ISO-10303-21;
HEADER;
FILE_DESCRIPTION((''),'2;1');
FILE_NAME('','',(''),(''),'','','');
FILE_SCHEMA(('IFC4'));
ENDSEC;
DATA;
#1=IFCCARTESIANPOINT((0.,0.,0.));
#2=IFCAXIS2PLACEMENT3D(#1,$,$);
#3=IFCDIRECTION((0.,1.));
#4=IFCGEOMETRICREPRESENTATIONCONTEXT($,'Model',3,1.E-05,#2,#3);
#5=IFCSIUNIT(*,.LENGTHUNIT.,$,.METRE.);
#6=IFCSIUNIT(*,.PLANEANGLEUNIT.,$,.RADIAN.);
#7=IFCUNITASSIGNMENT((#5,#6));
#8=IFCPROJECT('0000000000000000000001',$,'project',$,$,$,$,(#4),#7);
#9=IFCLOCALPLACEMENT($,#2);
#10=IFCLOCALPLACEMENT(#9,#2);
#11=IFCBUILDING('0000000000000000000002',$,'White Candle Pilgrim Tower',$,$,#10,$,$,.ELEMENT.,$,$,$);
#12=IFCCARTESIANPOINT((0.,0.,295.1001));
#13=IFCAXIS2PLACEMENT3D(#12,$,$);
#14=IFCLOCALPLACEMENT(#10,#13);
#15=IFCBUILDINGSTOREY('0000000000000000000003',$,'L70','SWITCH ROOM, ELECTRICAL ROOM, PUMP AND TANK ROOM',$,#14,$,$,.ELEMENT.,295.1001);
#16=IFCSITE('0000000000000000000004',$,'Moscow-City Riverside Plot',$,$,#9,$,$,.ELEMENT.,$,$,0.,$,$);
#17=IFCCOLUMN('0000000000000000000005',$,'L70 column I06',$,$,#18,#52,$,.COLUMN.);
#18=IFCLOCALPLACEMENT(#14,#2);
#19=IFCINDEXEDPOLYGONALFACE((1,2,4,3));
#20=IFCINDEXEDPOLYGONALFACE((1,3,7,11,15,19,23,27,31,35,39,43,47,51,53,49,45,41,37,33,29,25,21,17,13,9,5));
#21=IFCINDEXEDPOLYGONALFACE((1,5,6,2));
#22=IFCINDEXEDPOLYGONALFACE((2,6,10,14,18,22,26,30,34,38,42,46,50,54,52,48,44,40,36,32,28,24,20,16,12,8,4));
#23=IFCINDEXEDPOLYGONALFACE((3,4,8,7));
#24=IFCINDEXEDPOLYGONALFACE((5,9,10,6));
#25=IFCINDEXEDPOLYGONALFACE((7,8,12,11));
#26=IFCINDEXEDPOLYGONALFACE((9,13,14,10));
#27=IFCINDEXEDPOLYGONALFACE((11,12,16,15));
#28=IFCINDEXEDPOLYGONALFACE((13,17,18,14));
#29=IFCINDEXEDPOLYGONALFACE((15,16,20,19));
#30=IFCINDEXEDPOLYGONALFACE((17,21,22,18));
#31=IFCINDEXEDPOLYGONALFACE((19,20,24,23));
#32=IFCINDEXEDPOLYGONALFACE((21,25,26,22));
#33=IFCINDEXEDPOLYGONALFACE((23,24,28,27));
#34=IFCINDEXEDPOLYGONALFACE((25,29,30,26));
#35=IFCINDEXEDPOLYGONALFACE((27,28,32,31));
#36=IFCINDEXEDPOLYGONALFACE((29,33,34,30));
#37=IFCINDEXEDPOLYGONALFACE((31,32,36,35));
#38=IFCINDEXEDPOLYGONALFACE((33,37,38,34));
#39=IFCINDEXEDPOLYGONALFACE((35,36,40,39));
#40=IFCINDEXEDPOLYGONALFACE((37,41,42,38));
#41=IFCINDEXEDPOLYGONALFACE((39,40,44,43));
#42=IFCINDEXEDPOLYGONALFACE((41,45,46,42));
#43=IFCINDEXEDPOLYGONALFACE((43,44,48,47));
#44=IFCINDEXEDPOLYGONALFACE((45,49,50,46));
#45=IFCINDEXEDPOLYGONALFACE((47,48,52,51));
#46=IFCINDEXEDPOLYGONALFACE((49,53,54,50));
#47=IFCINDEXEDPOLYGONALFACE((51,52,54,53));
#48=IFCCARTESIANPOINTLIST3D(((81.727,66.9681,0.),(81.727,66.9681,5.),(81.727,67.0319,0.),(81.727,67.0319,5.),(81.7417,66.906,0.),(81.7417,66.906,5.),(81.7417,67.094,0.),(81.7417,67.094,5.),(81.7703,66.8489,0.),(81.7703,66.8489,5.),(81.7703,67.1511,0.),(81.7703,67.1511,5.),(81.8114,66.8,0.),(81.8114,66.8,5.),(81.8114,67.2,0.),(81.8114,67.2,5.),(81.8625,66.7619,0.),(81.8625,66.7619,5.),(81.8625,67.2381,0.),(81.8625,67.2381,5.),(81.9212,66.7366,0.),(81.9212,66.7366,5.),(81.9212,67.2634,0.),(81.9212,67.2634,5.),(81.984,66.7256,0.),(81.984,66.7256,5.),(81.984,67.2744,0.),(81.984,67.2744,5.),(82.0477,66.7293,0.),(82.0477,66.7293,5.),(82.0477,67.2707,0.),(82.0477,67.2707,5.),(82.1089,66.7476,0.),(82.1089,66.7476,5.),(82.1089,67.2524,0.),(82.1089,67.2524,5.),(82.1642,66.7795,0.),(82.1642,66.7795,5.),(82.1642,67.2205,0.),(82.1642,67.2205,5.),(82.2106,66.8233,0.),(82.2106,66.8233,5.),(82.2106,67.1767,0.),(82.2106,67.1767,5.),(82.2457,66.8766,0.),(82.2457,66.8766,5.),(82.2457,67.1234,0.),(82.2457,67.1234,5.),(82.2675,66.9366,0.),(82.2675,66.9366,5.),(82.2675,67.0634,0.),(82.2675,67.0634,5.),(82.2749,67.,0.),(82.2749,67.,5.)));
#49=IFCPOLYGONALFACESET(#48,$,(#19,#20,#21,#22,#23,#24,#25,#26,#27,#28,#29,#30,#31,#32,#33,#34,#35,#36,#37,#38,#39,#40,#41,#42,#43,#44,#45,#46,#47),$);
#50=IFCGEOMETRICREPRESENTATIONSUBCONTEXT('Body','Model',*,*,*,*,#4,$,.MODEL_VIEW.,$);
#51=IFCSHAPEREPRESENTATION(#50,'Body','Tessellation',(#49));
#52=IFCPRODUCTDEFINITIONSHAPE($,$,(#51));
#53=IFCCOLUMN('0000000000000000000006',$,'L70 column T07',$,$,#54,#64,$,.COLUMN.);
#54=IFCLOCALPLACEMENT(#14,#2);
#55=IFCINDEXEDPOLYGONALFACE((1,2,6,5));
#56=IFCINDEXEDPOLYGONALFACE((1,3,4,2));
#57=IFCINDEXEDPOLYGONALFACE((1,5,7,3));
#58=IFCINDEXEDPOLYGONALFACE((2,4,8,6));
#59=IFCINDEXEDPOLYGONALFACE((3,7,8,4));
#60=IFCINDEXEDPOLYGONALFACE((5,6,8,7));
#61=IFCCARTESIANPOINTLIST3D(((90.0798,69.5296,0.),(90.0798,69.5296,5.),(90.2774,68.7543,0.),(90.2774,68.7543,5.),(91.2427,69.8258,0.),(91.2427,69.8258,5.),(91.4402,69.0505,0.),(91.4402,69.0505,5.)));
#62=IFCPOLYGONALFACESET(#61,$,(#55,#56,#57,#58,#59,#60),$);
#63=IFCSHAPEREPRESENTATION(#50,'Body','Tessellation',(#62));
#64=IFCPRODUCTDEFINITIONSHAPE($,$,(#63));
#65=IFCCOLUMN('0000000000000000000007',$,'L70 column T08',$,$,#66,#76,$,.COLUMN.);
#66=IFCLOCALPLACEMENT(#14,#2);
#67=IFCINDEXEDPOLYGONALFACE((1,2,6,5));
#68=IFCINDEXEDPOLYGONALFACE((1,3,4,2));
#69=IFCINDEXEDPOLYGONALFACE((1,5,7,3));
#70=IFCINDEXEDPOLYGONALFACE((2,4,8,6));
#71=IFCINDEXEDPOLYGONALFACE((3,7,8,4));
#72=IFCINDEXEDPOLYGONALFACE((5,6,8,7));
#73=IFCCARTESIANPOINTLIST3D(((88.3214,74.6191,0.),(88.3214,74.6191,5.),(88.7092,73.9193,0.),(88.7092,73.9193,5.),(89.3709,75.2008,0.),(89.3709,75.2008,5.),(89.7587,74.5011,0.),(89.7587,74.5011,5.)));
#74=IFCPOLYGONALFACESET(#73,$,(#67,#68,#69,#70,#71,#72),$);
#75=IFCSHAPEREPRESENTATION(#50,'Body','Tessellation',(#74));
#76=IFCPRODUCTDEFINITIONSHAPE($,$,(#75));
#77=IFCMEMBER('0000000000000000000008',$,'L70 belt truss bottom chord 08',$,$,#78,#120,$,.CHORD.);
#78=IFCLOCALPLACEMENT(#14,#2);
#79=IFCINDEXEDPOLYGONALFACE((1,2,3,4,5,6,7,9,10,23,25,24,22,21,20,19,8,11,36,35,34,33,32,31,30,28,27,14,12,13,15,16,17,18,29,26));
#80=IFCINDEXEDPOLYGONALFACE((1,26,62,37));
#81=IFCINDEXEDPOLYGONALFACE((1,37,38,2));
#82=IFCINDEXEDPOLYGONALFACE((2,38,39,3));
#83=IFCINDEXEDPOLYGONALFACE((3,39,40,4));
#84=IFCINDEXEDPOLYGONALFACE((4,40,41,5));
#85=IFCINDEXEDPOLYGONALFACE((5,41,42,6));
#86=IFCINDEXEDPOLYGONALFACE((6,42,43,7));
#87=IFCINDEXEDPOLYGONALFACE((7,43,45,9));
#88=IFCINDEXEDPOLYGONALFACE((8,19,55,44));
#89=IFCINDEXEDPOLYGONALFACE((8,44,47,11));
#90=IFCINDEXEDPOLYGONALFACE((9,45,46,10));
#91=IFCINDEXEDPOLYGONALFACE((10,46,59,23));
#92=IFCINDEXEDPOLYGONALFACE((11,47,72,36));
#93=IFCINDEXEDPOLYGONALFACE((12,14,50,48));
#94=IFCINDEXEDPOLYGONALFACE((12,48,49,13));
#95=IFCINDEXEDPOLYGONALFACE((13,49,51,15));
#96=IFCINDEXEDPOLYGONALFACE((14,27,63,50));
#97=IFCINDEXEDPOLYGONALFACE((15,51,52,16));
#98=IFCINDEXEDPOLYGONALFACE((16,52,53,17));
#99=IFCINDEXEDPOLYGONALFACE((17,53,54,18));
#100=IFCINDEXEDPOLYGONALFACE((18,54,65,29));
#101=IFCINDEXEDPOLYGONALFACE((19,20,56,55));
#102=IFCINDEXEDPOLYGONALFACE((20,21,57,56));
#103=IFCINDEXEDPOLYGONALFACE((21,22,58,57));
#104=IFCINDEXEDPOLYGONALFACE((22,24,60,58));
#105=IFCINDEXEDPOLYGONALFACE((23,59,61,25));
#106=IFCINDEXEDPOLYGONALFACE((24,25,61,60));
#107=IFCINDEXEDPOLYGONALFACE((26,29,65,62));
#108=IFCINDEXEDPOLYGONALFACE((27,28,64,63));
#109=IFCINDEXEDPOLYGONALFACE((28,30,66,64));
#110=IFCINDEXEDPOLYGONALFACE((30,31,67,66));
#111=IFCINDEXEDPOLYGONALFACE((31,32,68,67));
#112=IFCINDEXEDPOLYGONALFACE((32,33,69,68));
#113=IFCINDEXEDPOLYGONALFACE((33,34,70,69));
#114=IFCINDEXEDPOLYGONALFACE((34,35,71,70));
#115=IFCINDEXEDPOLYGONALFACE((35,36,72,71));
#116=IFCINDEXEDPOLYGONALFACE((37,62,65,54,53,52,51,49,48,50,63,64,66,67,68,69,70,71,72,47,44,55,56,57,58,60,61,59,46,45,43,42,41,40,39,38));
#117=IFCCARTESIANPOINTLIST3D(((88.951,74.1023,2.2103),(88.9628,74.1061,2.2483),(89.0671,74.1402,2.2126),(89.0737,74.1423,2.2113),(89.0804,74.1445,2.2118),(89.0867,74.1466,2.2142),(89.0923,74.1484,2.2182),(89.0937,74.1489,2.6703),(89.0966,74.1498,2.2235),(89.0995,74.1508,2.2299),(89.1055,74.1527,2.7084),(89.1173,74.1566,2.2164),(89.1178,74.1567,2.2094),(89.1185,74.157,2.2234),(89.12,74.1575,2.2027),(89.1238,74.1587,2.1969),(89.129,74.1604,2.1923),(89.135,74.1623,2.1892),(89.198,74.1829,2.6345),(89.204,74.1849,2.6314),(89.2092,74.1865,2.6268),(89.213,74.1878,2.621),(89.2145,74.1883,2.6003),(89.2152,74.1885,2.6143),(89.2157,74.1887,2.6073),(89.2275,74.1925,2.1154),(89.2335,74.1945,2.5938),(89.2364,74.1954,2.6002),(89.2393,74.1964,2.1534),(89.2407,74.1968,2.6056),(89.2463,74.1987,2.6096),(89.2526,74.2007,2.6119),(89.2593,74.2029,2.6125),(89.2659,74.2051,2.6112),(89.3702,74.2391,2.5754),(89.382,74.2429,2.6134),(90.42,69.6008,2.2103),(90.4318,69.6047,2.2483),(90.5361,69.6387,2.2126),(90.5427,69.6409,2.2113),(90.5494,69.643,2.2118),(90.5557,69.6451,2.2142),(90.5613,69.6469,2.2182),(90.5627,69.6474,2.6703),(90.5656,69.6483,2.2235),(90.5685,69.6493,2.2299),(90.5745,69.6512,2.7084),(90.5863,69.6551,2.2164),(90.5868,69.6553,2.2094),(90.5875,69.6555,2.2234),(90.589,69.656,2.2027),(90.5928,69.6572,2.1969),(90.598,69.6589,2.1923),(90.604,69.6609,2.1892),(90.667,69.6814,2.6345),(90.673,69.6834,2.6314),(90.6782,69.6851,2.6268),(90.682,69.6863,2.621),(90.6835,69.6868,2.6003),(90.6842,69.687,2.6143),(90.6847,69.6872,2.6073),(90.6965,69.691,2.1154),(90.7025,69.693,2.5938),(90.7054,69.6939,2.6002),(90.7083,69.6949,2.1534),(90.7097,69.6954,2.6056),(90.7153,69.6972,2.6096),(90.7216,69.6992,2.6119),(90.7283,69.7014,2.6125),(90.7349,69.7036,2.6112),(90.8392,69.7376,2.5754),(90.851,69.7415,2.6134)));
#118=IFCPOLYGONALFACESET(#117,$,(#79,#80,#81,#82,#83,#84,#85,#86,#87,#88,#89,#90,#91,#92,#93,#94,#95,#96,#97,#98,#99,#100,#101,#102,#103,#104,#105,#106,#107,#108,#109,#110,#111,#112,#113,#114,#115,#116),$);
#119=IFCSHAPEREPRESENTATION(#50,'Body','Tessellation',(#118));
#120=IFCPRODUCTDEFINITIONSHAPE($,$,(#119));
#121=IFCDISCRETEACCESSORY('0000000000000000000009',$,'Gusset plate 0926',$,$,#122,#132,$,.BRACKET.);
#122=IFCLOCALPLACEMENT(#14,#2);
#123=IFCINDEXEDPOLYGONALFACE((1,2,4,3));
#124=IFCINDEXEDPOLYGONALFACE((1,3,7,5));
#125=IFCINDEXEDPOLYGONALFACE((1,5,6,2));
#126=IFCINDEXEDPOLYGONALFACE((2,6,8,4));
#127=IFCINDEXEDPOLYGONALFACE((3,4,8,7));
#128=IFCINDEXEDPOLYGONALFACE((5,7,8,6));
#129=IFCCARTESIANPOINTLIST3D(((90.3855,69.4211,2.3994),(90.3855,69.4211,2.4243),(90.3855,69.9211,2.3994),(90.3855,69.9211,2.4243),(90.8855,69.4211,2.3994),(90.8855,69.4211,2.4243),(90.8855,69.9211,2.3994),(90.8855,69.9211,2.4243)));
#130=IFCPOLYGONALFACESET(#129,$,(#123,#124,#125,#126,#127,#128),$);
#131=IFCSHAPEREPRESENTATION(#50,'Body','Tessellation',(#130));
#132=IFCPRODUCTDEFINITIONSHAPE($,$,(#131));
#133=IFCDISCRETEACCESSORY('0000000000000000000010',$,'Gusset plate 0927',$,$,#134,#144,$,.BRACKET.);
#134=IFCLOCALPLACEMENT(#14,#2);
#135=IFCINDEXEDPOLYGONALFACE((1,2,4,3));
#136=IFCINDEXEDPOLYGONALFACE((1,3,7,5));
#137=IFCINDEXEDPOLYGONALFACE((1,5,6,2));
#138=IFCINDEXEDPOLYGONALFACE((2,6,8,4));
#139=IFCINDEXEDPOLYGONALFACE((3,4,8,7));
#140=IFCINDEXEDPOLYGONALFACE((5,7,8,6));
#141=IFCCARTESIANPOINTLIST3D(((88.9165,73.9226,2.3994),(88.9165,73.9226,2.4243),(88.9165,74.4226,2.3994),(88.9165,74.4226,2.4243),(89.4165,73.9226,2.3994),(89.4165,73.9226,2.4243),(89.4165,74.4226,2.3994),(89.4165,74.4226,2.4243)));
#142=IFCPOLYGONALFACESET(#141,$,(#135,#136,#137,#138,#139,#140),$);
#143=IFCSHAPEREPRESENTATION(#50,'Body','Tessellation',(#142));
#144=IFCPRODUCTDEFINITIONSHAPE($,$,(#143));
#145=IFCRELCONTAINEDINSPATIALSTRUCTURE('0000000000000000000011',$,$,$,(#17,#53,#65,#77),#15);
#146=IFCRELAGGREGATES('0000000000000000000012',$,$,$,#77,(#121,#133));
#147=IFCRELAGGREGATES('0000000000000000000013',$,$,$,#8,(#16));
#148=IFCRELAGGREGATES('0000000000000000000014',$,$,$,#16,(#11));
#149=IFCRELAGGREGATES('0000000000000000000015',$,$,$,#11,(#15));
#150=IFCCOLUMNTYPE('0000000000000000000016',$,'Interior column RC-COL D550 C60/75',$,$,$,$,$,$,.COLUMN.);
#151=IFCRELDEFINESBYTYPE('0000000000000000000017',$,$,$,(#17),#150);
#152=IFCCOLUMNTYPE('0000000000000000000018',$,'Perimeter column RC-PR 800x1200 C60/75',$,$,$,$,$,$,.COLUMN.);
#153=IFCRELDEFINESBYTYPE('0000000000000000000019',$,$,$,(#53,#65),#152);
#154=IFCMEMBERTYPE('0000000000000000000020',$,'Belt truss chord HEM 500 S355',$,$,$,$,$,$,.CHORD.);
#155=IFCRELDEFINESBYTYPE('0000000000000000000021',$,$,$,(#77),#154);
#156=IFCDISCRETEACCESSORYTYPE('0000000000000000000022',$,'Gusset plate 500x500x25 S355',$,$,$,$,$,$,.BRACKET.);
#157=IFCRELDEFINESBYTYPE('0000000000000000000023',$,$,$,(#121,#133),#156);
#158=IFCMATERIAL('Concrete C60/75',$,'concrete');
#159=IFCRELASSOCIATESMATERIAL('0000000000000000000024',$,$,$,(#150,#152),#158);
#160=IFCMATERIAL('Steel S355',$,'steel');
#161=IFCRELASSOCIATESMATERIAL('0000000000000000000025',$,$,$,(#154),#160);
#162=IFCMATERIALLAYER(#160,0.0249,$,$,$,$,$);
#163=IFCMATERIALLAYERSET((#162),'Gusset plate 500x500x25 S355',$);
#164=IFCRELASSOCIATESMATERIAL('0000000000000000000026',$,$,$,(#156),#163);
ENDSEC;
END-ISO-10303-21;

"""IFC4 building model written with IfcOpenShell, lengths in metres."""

from ifc_helpers import new_model, si_unit, direction, frame, origin, origin_2d, place, context, subcontext, project, spatial, rectangle, circle, i_section, extrude, material, layer, layer_set, material_profile, profile_set, type_object, element, aggregate, save


model = new_model("IFC4")

# Units and contexts
model_context = context("Model", 3, precision=1e-05, world=origin(), true_north=direction((0.0, 1.0)))
body_context = subcontext(model_context, "Body", "Model", "MODEL_VIEW")
ifc_project = project(units=[si_unit("LENGTHUNIT", "METRE"), si_unit("PLANEANGLEUNIT", "RADIAN")], contexts=[model_context])

# Site, building, storey
site_placement = place(None, origin())
site = spatial("IfcSite", under=ifc_project, at=site_placement, Name="Moscow-City Riverside Plot", CompositionType="ELEMENT", RefElevation=0.0)
building_placement = place(site_placement, origin())
building = spatial("IfcBuilding", under=site, at=building_placement, Name="White Candle Pilgrim Tower", CompositionType="ELEMENT")
storey_placement = place(building_placement, frame((0.0, 0.0, 295.1001)))
storey = spatial("IfcBuildingStorey", under=building, at=storey_placement, Name="L70", Description="SWITCH ROOM, ELECTRICAL ROOM, PUMP AND TANK ROOM", CompositionType="ELEMENT", Elevation=295.1001)

# Columns
ifc_material_1 = material(Name="Concrete C60/75", Category="concrete")
ifc_material_profile_1 = material_profile(ifc_material_1, circle(Radius=0.2749, at=origin_2d()), Name="RC-COL D550")
ifc_profile_set_1 = profile_set([ifc_material_profile_1], Name="Concrete C60/75")
column_type_1 = type_object("IfcColumnType", Name="Interior column RC-COL D550 C60/75", PredefinedType="COLUMN", material=ifc_profile_set_1)
column_placement = place(storey_placement, frame((82.0, 67.0, 0.0), z_axis=(0.0, 0.0, 1.0), x_axis=(1.0, 0.0, 0.0)))
element("IfcColumn", 1, at=column_placement, inside=storey, type_object=column_type_1, Name="L70 column I06", PredefinedType="COLUMN", context=body_context, shape_type="SweptSolid", body=[
    extrude(circle(Radius=0.2749, at=origin_2d()), origin(), (0.0, 0.0, 1.0), 5.0),
])
ifc_material_profile_2 = material_profile(ifc_material_1, rectangle(XDim=0.8, YDim=1.2, at=origin_2d()), Name="RC-PR 800x1200")
ifc_profile_set_2 = profile_set([ifc_material_profile_2], Name="Concrete C60/75")
column_type_2 = type_object("IfcColumnType", Name="Perimeter column RC-PR 800x1200 C60/75", PredefinedType="COLUMN", material=ifc_profile_set_2)
for number, where, z_axis, x_axis, name in (
    (2, (90.76, 69.29, 0.0), (0.0, 0.0, 1.0), (0.246881, -0.969046, 0.0), "L70 column T07"),
    (3, (89.04, 74.5601, 0.0), (0.0, 0.0, 1.0), (0.48481, -0.87462, 0.0), "L70 column T08"),
):
    element("IfcColumn", number, at=place(storey_placement, frame(where, z_axis=z_axis, x_axis=x_axis)), inside=storey, type_object=column_type_2, Name=name, PredefinedType="COLUMN", context=body_context, shape_type="SweptSolid", body=[
        extrude(rectangle(XDim=0.8, YDim=1.2, at=origin_2d()), origin(), (0.0, 0.0, 1.0), 5.0),
    ])

# Member
ifc_material_2 = material(Name="Steel S355", Category="steel")
ifc_material_profile_3 = material_profile(ifc_material_2, i_section(OverallWidth=0.3059, OverallDepth=0.5239, WebThickness=0.021, FlangeThickness=0.04, FilletRadius=0.0271, at=origin_2d()), Name="HEM 500")
ifc_profile_set_3 = profile_set([ifc_material_profile_3], Name="Steel S355")
member_type_1 = type_object("IfcMemberType", Name="Belt truss chord HEM 500 S355", PredefinedType="CHORD", material=ifc_profile_set_3)
member_1_placement = place(storey_placement, frame((90.6355, 69.6711, 2.4119), z_axis=(-0.310235, 0.95066, 0.0), x_axis=(0.903744, 0.294925, -0.310266)))
member_1 = element("IfcMember", 4, at=member_1_placement, inside=storey, type_object=member_type_1, Name="L70 belt truss bottom chord 08", PredefinedType="CHORD", context=body_context, shape_type="SweptSolid", body=[
    extrude(i_section(OverallWidth=0.3059, OverallDepth=0.5239, WebThickness=0.021, FlangeThickness=0.04, FilletRadius=0.0271, at=origin_2d()), origin(), (0.0, 0.0, 1.0), 4.7351),
])

# Discrete accessories
ifc_layer_1 = layer(ifc_material_2, 0.0249)
ifc_layer_set_1 = layer_set([ifc_layer_1], Name="Gusset plate 500x500x25 S355")
discrete_accessory_type = type_object("IfcDiscreteAccessoryType", Name="Gusset plate 500x500x25 S355", PredefinedType="BRACKET", material=ifc_layer_set_1)
discrete_accessory_1_placement = place(storey_placement, frame((90.6355, 69.6711, 2.3994), z_axis=(0.0, 0.0, 1.0), x_axis=(1.0, 0.0, 0.0)))
discrete_accessory_1 = element("IfcDiscreteAccessory", 5, at=discrete_accessory_1_placement, type_object=discrete_accessory_type, Name="Gusset plate 0926", PredefinedType="BRACKET", context=body_context, shape_type="SweptSolid", body=[
    extrude(rectangle(XDim=0.5, YDim=0.5, at=origin_2d()), origin(), (0.0, 0.0, 1.0), 0.0249),
])
discrete_accessory_2_placement = place(storey_placement, frame((89.1665, 74.1726, 2.3994), z_axis=(0.0, 0.0, 1.0), x_axis=(1.0, 0.0, 0.0)))
discrete_accessory_2 = element("IfcDiscreteAccessory", 6, at=discrete_accessory_2_placement, type_object=discrete_accessory_type, Name="Gusset plate 0927", PredefinedType="BRACKET", context=body_context, shape_type="SweptSolid", body=[
    extrude(rectangle(XDim=0.5, YDim=0.5, at=origin_2d()), origin(), (0.0, 0.0, 1.0), 0.0249),
])
aggregate(member_1, [discrete_accessory_1, discrete_accessory_2])

save(model, "model.ifc")
